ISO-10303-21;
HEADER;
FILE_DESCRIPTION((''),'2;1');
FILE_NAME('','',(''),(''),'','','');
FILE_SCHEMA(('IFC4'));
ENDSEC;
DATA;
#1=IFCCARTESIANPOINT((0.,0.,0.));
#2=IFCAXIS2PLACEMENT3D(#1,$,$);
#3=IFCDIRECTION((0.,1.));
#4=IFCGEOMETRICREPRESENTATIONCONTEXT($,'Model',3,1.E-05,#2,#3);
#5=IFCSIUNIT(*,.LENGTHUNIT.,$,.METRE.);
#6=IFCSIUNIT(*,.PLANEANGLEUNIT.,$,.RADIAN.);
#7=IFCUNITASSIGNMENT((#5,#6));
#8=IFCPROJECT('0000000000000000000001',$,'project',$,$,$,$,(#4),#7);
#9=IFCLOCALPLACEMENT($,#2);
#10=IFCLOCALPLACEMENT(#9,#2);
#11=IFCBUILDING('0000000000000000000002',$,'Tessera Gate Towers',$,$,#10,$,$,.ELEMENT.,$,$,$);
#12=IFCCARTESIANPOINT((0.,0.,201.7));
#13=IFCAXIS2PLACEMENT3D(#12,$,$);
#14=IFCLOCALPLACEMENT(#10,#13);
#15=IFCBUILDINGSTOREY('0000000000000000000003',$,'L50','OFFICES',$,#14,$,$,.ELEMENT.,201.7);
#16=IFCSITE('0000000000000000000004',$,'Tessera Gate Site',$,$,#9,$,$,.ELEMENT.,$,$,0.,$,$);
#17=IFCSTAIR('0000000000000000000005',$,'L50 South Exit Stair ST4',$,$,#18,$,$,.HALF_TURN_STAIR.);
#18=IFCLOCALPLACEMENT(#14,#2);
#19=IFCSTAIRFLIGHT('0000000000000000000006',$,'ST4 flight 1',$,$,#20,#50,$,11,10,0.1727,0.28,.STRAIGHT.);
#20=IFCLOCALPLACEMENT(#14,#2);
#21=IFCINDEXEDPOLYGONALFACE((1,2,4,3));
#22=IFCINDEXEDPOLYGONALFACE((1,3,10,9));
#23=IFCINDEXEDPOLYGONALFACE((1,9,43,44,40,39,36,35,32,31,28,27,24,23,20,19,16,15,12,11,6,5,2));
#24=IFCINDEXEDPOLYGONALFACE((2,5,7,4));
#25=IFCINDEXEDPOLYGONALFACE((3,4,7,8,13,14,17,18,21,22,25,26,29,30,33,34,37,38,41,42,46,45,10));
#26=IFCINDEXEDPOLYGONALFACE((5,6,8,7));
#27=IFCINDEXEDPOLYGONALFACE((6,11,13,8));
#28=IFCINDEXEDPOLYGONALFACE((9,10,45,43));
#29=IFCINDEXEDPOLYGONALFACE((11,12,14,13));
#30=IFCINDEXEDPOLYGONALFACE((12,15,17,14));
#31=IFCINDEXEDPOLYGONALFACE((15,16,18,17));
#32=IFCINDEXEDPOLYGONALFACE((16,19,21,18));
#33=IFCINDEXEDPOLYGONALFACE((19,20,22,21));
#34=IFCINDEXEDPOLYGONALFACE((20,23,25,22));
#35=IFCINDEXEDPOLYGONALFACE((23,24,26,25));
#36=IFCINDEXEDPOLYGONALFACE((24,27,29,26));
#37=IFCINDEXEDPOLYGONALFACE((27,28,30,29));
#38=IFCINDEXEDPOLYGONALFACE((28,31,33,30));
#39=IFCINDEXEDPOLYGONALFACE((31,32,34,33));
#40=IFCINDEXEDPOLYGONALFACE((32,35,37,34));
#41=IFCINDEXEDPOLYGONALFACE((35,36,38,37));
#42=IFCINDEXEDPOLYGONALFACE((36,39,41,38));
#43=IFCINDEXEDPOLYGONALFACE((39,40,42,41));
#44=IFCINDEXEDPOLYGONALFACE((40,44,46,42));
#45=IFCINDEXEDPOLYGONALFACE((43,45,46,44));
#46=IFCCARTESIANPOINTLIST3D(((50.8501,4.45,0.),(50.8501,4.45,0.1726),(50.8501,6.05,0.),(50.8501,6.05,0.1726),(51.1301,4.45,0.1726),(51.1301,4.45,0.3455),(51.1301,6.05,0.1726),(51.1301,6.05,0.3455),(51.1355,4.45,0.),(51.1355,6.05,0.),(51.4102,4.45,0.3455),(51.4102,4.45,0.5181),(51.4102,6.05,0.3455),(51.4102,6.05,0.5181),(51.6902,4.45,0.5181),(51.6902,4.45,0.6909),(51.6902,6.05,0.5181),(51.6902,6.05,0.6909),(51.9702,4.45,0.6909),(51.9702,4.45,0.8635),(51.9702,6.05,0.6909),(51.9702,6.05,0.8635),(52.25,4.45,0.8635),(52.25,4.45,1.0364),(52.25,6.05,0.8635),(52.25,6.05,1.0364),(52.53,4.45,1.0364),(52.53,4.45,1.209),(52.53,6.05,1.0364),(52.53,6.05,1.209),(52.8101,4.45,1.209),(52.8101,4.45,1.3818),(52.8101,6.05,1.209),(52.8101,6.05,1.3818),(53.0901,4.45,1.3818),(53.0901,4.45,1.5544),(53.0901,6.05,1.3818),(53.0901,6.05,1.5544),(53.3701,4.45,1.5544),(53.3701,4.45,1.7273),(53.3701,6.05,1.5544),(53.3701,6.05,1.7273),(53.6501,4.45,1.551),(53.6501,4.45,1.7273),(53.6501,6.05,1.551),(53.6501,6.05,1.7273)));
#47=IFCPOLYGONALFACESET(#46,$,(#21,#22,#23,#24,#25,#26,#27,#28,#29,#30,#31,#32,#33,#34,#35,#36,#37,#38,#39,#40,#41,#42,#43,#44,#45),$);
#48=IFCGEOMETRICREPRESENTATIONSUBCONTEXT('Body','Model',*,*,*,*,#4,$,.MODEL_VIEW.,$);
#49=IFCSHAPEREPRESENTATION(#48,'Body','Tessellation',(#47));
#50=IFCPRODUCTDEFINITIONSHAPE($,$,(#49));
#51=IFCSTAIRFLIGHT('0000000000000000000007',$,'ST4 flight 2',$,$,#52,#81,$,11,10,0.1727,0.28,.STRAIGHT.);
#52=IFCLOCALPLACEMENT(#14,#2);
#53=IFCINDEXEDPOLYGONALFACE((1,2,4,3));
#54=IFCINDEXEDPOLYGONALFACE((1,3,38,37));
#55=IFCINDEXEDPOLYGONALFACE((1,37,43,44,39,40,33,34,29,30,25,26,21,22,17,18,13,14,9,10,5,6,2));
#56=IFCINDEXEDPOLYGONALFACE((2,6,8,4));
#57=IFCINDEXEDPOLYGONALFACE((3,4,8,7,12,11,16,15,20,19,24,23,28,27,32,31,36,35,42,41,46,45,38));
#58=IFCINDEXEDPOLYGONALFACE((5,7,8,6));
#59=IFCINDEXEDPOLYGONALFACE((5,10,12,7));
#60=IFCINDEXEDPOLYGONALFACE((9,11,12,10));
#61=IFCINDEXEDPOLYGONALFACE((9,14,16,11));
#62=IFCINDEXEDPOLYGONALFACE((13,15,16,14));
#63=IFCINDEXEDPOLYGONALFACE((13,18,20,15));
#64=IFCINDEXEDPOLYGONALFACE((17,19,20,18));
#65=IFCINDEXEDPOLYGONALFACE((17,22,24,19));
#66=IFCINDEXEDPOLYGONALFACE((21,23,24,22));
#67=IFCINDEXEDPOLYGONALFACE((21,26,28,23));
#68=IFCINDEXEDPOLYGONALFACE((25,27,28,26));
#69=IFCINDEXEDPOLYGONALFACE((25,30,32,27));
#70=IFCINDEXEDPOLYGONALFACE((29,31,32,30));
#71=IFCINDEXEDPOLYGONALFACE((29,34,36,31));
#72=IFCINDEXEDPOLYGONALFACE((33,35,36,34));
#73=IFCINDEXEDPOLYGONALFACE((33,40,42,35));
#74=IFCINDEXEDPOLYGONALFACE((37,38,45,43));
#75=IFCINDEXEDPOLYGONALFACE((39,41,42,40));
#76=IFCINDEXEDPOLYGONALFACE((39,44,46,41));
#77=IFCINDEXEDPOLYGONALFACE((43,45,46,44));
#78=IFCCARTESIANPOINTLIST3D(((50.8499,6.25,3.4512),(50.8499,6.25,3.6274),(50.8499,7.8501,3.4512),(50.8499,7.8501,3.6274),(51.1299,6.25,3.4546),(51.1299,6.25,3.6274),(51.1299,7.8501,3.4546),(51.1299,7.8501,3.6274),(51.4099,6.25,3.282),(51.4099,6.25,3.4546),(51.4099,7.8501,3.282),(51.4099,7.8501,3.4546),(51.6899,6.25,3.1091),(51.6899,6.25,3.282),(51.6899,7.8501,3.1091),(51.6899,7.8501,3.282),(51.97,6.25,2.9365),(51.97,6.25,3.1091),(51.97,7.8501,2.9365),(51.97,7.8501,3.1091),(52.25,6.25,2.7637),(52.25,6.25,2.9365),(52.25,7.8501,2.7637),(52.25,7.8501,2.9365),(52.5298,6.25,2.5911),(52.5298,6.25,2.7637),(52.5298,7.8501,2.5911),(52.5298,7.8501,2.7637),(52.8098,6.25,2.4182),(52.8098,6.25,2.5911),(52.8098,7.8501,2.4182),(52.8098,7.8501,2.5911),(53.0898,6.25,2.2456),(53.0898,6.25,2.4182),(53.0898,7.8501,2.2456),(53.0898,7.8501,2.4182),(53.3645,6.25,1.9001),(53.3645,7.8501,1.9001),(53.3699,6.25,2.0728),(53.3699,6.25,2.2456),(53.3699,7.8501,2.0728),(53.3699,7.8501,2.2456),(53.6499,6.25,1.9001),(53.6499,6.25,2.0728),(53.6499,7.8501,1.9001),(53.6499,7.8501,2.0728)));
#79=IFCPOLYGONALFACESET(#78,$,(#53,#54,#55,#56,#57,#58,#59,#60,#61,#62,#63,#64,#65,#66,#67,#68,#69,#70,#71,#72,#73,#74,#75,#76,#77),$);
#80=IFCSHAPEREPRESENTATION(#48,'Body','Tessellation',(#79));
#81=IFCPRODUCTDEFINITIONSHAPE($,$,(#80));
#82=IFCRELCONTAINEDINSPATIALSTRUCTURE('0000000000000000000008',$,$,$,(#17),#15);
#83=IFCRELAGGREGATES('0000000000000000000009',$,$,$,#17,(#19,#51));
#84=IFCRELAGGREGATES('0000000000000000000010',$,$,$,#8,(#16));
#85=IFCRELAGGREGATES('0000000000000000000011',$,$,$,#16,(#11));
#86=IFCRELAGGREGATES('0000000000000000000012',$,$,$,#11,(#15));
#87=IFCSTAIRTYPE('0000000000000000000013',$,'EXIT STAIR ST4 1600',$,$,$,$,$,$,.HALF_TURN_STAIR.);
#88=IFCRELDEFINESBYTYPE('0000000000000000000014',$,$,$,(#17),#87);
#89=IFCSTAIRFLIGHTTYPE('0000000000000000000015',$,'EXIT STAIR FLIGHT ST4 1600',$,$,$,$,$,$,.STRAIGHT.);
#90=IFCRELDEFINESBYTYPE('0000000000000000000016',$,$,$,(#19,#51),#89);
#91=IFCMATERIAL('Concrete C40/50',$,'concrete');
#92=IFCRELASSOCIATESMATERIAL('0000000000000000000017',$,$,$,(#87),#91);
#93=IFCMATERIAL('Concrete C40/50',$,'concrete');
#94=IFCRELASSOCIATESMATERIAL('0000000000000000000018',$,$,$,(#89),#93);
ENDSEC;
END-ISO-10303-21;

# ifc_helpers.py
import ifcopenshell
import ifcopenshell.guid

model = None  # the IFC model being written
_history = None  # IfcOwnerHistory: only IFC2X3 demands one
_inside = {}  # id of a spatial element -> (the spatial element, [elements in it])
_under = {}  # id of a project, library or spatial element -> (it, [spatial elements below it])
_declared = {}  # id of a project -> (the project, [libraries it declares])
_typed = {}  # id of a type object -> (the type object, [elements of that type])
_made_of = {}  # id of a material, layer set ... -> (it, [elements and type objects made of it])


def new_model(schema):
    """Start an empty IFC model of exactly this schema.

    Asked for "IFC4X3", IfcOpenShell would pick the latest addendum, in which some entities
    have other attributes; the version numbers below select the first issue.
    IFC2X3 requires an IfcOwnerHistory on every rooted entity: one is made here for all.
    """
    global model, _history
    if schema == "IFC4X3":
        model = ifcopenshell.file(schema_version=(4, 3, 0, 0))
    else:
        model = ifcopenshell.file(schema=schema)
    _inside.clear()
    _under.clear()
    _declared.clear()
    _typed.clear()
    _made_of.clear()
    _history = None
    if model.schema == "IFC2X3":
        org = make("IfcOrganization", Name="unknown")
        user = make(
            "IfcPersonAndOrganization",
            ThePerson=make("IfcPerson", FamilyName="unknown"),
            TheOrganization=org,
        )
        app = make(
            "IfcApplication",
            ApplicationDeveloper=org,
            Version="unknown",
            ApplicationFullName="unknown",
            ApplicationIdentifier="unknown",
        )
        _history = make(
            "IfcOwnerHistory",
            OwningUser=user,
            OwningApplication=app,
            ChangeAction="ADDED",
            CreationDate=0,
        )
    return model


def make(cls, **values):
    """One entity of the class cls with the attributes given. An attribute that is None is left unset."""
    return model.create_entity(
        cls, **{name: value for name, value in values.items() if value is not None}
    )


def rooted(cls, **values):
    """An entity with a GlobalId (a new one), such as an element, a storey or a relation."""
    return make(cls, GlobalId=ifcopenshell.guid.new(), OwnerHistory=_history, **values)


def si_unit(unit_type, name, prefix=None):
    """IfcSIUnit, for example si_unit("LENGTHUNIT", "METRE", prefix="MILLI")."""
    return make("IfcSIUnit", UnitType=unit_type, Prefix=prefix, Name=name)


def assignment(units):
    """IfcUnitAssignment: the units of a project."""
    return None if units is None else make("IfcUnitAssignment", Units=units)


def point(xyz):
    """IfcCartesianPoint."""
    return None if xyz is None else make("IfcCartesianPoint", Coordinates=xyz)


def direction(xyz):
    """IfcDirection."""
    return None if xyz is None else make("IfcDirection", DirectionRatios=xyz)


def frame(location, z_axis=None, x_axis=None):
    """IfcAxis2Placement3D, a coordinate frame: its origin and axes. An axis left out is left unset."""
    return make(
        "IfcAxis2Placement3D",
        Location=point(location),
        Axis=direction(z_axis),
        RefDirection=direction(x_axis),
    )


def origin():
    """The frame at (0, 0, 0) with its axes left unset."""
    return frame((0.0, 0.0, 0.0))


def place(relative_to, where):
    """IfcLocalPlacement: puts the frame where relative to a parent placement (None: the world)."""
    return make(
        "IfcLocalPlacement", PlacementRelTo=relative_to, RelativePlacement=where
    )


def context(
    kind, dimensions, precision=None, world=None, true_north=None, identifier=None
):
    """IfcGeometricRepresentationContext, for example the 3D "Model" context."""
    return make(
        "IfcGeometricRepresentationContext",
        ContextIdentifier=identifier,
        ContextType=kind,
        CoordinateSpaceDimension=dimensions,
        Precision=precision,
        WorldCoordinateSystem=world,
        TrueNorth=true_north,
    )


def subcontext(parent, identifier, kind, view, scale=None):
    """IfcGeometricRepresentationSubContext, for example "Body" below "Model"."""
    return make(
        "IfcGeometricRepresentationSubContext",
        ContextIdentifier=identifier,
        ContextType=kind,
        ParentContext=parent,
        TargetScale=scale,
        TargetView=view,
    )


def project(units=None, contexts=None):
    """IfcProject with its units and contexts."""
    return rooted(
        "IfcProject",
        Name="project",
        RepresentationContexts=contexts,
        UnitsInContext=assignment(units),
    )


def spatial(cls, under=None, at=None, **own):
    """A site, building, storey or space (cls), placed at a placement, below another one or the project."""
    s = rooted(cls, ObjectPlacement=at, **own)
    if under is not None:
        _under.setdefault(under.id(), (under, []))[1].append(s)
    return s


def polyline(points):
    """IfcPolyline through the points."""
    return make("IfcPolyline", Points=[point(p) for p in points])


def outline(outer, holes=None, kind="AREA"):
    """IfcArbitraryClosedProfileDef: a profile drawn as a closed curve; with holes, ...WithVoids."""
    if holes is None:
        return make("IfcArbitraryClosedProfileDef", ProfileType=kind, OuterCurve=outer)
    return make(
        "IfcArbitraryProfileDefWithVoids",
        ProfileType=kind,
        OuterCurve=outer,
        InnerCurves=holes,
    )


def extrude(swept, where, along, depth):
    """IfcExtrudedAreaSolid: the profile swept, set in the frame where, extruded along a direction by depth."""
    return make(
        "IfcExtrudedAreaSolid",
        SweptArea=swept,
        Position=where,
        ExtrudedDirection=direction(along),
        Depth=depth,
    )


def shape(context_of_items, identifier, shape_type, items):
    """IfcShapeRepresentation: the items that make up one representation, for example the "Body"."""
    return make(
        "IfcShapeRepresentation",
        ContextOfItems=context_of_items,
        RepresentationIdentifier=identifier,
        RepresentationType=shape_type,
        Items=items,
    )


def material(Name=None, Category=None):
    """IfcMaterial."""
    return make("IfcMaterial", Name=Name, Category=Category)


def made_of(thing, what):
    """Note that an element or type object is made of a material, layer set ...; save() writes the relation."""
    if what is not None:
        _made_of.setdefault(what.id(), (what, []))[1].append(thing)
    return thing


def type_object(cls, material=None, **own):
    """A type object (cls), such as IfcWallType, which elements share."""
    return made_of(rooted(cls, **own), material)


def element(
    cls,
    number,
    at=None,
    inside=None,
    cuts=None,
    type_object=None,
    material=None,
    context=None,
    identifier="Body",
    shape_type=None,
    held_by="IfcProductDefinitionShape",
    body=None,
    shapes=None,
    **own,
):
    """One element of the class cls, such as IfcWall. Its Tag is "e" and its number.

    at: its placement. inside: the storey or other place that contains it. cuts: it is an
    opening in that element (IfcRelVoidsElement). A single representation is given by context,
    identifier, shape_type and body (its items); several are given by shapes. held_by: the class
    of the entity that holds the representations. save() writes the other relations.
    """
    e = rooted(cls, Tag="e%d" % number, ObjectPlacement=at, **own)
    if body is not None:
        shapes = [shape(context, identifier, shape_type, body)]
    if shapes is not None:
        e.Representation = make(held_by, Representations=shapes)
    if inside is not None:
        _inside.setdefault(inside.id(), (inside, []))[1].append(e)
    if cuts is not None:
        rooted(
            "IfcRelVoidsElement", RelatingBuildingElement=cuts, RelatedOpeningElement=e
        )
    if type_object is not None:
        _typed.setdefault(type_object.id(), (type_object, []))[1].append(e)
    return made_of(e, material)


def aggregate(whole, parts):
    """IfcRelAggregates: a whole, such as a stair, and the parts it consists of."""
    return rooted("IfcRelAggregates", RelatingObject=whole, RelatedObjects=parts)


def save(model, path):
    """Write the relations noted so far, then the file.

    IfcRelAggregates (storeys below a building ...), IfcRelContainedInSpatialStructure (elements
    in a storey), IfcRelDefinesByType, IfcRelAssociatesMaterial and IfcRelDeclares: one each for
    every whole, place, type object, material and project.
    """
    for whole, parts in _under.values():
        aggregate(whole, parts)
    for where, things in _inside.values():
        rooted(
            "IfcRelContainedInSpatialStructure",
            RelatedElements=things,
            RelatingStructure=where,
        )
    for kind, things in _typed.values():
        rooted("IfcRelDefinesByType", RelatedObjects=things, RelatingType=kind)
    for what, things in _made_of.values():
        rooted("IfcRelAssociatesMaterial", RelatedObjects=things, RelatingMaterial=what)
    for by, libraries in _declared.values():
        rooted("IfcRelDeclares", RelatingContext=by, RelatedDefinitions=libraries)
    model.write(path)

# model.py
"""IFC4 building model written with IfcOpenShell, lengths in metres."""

from ifc_helpers import new_model, si_unit, direction, frame, origin, place, context, subcontext, project, spatial, polyline, outline, extrude, material, type_object, element, aggregate, save


model = new_model("IFC4")

# Units and contexts
model_context = context("Model", 3, precision=1e-05, world=origin(), true_north=direction((0.0, 1.0)))
body_context = subcontext(model_context, "Body", "Model", "MODEL_VIEW")
ifc_project = project(units=[si_unit("LENGTHUNIT", "METRE"), si_unit("PLANEANGLEUNIT", "RADIAN")], contexts=[model_context])

# Site, building, storey
site_placement = place(None, origin())
site = spatial("IfcSite", under=ifc_project, at=site_placement, Name="Tessera Gate Site", CompositionType="ELEMENT", RefElevation=0.0)
building_placement = place(site_placement, origin())
building = spatial("IfcBuilding", under=site, at=building_placement, Name="Tessera Gate Towers", CompositionType="ELEMENT")
storey_placement = place(building_placement, frame((0.0, 0.0, 201.7)))
storey = spatial("IfcBuildingStorey", under=building, at=storey_placement, Name="L50", Description="OFFICES", CompositionType="ELEMENT", Elevation=201.7)

# Stair, stair flights
ifc_material_1 = material(Name="Concrete C40/50", Category="concrete")
stair_type = type_object("IfcStairType", Name="EXIT STAIR ST4 1600", PredefinedType="HALF_TURN_STAIR", material=ifc_material_1)
stair_placement = place(storey_placement, origin())
stair = element("IfcStair", 1, at=stair_placement, inside=storey, type_object=stair_type, Name="L50 South Exit Stair ST4", PredefinedType="HALF_TURN_STAIR")
ifc_material_2 = material(Name="Concrete C40/50", Category="concrete")
stair_flight_type = type_object("IfcStairFlightType", Name="EXIT STAIR FLIGHT ST4 1600", PredefinedType="STRAIGHT", material=ifc_material_2)
stair_flight_1_placement = place(storey_placement, frame((50.8501, 5.25, 0.0), z_axis=(0.0, 0.0, 1.0), x_axis=(1.0, 0.0, 0.0)))
stair_flight_1 = element("IfcStairFlight", 2, at=stair_flight_1_placement, type_object=stair_flight_type, Name="ST4 flight 1", NumberOfRisers=11, NumberOfTreads=10, PredefinedType="STRAIGHT", RiserHeight=0.1727, TreadLength=0.28, context=body_context, shape_type="SweptSolid", body=[
    extrude(outline(polyline([(0.0, 0.0), (0.0, 0.1726), (0.28, 0.1726), (0.28, 0.3455), (0.5601, 0.3455), (0.5601, 0.5181), (0.8401, 0.5181), (0.8401, 0.6909), (1.1201, 0.6909), (1.1201, 0.8635), (1.3999, 0.8635), (1.3999, 1.0364), (1.6799, 1.0364), (1.6799, 1.209), (1.96, 1.209), (1.96, 1.3818), (2.24, 1.3818), (2.24, 1.5544), (2.52, 1.5544), (2.52, 1.7273), (2.8, 1.7273), (2.8, 1.8999), (2.8, 1.551), (0.2854, 0.0), (0.0, 0.0)])), frame((0.0, 0.8, 0.0), z_axis=(0.0, -1.0, 0.0), x_axis=(1.0, 0.0, 0.0)), (0.0, 0.0, 1.0), 1.6001),
])
stair_flight_2_placement = place(storey_placement, frame((53.6499, 7.05, 1.9001), z_axis=(0.0, 0.0, 1.0), x_axis=(-1.0, 0.0, 0.0)))
stair_flight_2 = element("IfcStairFlight", 3, at=stair_flight_2_placement, type_object=stair_flight_type, Name="ST4 flight 2", NumberOfRisers=11, NumberOfTreads=10, PredefinedType="STRAIGHT", RiserHeight=0.1727, TreadLength=0.28, context=body_context, shape_type="SweptSolid", body=[
    extrude(outline(polyline([(0.0, 0.0), (0.0, 0.1726), (0.28, 0.1726), (0.28, 0.3455), (0.5601, 0.3455), (0.5601, 0.5181), (0.8401, 0.5181), (0.8401, 0.6909), (1.1201, 0.6909), (1.1201, 0.8635), (1.3999, 0.8635), (1.3999, 1.0364), (1.6799, 1.0364), (1.6799, 1.209), (1.96, 1.209), (1.96, 1.3818), (2.24, 1.3818), (2.24, 1.5544), (2.52, 1.5544), (2.52, 1.7273), (2.8, 1.7273), (2.8, 1.8999), (2.8, 1.551), (0.2854, 0.0), (0.0, 0.0)])), frame((0.0, 0.8, 0.0), z_axis=(0.0, -1.0, 0.0), x_axis=(1.0, 0.0, 0.0)), (0.0, 0.0, 1.0), 1.6001),
])
aggregate(stair, [stair_flight_1, stair_flight_2])

save(model, "model.ifc")
